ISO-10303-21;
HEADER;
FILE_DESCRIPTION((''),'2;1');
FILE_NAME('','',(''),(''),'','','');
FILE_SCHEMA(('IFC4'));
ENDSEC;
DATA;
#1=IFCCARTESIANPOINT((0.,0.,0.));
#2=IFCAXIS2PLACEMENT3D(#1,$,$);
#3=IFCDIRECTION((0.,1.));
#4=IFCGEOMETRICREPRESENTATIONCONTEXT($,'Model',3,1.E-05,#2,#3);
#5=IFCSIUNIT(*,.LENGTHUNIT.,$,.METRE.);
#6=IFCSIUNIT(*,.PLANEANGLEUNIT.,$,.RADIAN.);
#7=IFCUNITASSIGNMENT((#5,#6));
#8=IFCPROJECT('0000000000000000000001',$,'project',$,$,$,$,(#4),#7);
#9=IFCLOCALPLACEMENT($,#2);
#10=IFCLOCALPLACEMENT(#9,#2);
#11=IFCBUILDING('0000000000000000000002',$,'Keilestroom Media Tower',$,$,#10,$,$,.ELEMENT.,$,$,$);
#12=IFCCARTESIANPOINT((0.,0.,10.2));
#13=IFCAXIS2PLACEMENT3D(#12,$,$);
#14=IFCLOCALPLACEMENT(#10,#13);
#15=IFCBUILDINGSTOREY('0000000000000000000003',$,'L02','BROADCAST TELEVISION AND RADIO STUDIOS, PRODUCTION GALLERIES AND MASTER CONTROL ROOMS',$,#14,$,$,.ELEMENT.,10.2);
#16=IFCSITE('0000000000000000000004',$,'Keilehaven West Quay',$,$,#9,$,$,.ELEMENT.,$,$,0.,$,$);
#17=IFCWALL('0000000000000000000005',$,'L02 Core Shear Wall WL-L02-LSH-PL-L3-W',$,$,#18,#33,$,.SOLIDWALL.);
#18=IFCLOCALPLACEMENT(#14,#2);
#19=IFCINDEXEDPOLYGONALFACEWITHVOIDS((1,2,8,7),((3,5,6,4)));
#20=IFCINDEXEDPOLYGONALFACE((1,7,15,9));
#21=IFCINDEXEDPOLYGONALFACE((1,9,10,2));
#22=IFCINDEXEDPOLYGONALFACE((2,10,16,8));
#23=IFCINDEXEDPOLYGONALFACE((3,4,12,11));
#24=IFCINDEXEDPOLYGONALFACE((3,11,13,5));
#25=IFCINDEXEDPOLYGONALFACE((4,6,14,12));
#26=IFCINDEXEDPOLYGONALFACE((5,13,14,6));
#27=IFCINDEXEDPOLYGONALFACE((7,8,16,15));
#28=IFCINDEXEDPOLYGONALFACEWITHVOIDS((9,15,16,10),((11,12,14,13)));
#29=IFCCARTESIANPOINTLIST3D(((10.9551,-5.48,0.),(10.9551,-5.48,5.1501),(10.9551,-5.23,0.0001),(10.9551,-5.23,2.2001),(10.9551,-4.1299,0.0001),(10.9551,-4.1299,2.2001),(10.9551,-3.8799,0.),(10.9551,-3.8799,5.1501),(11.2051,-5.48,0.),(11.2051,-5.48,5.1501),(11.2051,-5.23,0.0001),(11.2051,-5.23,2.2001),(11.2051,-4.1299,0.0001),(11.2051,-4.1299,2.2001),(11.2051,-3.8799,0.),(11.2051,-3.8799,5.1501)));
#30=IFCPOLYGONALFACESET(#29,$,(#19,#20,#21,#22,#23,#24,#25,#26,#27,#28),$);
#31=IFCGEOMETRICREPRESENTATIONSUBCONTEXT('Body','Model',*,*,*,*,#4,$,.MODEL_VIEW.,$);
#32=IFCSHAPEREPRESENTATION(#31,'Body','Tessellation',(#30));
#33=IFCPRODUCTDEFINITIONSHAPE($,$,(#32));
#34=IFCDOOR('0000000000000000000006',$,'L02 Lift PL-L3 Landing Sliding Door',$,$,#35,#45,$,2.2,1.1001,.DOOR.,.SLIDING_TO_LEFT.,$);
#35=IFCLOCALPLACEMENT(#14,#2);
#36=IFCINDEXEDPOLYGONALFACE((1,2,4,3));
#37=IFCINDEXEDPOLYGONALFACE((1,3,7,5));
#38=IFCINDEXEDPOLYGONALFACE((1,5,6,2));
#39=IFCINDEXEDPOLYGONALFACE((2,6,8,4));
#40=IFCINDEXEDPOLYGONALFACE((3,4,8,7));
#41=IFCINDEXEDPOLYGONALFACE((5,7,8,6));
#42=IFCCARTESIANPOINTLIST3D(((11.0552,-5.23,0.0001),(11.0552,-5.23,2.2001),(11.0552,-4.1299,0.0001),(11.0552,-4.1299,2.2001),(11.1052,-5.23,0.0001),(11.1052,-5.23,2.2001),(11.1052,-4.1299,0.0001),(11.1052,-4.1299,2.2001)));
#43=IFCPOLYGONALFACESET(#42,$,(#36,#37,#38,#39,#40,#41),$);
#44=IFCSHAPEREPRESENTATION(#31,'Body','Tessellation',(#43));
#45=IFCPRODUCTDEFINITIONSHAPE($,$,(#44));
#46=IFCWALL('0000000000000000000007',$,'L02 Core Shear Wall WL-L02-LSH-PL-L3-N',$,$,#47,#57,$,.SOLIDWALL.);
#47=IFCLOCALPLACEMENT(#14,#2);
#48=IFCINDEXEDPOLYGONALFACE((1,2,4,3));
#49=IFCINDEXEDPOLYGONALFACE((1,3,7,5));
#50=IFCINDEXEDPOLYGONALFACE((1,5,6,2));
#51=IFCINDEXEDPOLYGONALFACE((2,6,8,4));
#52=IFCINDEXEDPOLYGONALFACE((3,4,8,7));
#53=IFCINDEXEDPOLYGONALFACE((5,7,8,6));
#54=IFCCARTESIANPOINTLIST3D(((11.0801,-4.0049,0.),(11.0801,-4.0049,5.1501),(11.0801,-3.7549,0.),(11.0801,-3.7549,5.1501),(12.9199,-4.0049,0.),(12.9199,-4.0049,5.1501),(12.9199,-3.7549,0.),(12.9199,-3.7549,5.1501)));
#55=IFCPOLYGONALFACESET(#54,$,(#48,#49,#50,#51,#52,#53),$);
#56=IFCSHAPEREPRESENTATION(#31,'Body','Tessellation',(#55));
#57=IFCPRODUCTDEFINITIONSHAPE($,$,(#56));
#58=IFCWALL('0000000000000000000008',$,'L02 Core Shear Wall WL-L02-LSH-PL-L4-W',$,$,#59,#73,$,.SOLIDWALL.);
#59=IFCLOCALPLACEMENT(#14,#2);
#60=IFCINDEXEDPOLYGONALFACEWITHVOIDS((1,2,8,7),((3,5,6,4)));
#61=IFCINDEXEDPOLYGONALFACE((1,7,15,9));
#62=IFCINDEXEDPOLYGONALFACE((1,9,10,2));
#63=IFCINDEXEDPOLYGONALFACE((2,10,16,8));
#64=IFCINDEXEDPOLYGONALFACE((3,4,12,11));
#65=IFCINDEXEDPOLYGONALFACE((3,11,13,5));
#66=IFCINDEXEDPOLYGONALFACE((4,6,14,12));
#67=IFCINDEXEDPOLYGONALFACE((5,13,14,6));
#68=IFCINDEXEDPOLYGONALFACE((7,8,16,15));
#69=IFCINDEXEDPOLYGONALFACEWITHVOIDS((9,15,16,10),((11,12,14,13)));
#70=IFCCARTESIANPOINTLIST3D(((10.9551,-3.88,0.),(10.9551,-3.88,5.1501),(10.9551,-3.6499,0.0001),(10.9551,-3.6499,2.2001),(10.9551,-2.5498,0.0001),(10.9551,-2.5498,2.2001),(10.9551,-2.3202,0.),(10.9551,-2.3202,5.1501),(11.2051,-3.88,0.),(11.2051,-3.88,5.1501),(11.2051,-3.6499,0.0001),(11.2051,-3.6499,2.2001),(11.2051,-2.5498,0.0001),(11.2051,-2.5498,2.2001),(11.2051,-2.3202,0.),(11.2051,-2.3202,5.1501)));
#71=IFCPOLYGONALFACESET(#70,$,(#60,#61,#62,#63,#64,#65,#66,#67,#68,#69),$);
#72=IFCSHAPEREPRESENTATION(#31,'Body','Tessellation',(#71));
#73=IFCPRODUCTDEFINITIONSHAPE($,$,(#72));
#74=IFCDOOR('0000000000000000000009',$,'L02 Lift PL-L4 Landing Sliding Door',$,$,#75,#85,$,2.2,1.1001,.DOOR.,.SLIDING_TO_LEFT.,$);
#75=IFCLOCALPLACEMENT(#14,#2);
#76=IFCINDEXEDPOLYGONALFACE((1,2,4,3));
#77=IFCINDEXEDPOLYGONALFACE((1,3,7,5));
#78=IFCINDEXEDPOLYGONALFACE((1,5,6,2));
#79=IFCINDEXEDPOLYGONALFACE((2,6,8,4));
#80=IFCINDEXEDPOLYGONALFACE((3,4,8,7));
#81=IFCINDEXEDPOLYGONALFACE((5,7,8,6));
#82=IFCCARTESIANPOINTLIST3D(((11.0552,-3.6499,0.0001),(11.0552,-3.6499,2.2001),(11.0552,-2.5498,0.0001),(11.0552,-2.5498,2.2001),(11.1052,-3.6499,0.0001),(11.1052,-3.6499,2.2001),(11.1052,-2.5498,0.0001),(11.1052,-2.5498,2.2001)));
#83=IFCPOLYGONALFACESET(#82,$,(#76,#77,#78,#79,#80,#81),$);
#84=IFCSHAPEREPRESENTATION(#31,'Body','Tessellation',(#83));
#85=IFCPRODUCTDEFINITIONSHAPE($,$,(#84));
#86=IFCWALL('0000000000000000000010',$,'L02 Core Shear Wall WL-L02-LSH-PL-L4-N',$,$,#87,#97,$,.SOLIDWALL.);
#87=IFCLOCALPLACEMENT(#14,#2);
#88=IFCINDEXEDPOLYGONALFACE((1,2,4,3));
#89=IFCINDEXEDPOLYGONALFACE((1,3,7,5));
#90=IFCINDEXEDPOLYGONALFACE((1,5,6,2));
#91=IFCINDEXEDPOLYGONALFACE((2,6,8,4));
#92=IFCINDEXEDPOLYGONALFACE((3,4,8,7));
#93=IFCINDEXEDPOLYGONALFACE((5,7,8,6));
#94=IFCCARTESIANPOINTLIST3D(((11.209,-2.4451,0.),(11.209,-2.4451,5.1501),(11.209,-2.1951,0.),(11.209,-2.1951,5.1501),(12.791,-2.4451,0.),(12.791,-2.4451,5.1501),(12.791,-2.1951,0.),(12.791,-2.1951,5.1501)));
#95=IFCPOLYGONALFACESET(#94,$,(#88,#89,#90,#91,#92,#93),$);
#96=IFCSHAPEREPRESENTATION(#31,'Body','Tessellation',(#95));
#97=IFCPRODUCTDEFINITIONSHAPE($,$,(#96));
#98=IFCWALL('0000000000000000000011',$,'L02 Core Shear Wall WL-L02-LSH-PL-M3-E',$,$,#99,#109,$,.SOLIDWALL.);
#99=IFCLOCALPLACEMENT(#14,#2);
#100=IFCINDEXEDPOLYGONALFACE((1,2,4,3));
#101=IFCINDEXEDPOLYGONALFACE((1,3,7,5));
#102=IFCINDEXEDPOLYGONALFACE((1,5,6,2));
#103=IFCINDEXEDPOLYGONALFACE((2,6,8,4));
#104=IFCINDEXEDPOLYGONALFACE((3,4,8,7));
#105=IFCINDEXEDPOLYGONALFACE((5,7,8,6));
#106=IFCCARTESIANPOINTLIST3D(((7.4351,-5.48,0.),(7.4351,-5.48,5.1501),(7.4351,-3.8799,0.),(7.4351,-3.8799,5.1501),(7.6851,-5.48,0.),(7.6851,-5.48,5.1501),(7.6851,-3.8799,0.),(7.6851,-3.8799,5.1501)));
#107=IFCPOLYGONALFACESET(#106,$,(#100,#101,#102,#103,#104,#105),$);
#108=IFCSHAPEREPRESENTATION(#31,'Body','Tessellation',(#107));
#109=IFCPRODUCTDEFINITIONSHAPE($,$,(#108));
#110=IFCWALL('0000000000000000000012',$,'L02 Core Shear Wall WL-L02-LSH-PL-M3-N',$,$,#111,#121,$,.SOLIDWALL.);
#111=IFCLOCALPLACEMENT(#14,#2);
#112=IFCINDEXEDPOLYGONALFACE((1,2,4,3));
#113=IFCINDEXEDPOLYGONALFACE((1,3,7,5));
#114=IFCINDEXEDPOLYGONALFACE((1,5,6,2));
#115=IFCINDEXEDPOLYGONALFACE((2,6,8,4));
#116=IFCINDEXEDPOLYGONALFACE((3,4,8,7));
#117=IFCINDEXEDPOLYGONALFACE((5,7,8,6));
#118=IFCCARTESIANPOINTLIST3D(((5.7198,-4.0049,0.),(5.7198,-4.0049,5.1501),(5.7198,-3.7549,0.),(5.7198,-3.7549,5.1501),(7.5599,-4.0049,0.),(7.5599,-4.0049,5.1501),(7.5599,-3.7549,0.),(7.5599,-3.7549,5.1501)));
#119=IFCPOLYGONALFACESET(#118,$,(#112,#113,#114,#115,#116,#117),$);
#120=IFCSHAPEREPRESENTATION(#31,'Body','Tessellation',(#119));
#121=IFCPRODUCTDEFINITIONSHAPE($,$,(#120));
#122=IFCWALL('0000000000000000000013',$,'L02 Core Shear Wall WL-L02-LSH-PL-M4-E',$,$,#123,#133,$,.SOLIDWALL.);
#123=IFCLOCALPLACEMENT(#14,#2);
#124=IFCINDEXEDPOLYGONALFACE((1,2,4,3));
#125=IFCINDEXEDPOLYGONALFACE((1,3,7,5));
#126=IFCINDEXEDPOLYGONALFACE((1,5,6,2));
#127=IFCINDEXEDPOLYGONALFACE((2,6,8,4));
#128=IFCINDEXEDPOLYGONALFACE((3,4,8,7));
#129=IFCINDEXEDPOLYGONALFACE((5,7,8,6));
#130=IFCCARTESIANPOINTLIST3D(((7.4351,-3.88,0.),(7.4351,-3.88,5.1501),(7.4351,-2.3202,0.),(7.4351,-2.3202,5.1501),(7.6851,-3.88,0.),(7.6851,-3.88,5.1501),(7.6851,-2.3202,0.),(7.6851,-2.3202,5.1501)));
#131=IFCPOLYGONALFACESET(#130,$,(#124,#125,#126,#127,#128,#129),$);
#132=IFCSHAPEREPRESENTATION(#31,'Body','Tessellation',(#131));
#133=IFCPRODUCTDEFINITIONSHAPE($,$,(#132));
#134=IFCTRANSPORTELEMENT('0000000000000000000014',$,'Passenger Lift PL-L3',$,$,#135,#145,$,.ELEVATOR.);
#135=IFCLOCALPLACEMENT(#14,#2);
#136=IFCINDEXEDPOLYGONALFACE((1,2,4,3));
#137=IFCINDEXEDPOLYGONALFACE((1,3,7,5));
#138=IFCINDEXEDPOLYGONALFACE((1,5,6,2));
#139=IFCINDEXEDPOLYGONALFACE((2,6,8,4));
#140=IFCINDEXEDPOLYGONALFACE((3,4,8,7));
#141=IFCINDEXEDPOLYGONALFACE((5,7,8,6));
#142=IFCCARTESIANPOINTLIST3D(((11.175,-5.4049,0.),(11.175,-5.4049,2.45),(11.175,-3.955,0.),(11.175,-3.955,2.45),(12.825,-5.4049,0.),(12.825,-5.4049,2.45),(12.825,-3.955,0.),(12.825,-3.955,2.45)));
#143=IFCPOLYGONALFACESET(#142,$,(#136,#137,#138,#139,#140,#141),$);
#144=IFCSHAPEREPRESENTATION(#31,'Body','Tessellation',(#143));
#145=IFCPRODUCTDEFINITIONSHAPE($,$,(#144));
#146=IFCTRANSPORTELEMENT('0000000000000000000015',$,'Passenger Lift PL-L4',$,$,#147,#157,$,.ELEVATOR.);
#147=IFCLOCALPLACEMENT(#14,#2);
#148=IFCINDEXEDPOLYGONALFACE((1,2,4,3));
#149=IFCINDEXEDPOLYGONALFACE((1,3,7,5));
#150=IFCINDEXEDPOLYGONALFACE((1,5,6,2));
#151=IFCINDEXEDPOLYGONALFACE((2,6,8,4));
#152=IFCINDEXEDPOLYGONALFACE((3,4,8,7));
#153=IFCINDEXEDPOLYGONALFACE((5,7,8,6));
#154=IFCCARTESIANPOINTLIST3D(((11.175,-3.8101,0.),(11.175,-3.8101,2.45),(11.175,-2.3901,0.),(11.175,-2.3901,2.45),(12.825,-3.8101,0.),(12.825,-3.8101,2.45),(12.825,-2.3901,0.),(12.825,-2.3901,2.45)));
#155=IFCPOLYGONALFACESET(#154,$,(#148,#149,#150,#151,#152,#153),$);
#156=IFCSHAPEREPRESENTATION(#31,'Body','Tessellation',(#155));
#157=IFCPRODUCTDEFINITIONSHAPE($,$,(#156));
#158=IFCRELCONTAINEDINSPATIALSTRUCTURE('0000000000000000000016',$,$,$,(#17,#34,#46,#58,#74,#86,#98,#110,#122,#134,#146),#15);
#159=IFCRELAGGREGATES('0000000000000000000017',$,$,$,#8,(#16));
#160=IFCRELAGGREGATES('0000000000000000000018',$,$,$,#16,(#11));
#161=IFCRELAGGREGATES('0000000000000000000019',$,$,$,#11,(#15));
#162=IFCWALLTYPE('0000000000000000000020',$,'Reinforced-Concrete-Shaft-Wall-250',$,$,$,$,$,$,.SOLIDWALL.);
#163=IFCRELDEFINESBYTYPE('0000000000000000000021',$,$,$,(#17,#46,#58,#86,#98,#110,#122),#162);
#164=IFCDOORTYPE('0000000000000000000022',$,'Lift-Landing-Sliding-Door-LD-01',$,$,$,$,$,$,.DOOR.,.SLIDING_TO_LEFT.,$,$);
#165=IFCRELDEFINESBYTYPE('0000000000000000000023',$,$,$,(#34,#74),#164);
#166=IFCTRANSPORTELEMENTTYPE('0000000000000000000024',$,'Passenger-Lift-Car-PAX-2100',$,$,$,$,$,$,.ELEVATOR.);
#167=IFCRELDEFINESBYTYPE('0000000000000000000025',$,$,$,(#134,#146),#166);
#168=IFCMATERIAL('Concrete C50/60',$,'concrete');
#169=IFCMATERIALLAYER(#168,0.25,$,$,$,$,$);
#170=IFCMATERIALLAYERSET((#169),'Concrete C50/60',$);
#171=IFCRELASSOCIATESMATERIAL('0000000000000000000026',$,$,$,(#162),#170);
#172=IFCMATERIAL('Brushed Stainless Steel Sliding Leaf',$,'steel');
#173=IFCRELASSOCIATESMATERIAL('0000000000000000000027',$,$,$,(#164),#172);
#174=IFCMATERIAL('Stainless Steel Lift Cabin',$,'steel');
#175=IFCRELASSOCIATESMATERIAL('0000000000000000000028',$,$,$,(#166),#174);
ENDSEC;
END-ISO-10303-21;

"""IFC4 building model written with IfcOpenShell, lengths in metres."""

from ifc_helpers import new_model, si_unit, direction, frame, frame_2d, origin, origin_2d, place, context, subcontext, project, spatial, rectangle, extrude, source, transform, mapped, material, layer, layer_set, type_object, element, fill, save


model = new_model("IFC4")

# Units and contexts
model_context = context("Model", 3, precision=1e-05, world=origin(), true_north=direction((0.0, 1.0)))
body_context = subcontext(model_context, "Body", "Model", "MODEL_VIEW")
ifc_project = project(units=[si_unit("LENGTHUNIT", "METRE"), si_unit("PLANEANGLEUNIT", "RADIAN")], contexts=[model_context])

# Site, building, storey
site_placement = place(None, origin())
site = spatial("IfcSite", under=ifc_project, at=site_placement, Name="Keilehaven West Quay", CompositionType="ELEMENT", RefElevation=0.0)
building_placement = place(site_placement, origin())
building = spatial("IfcBuilding", under=site, at=building_placement, Name="Keilestroom Media Tower", CompositionType="ELEMENT")
storey_placement = place(building_placement, frame((0.0, 0.0, 10.2)))
storey = spatial("IfcBuildingStorey", under=building, at=storey_placement, Name="L02", Description="BROADCAST TELEVISION AND RADIO STUDIOS, PRODUCTION GALLERIES AND MASTER CONTROL ROOMS", CompositionType="ELEMENT", Elevation=10.2)

# Shared definitions
ifc_material_1 = material(Name="Concrete C50/60", Category="concrete")
ifc_layer_1 = layer(ifc_material_1, 0.25)
ifc_layer_set_1 = layer_set([ifc_layer_1], Name="Concrete C50/60")
wall_type_1 = type_object("IfcWallType", Name="Reinforced-Concrete-Shaft-Wall-250", PredefinedType="SOLIDWALL", material=ifc_layer_set_1)

# Shared definitions
ifc_material_2 = material(Name="Brushed Stainless Steel Sliding Leaf", Category="steel")

# Wall, opening, door
wall_1_placement = place(storey_placement, frame((11.0801, -5.48, 0.0), z_axis=(0.0, 0.0, 1.0), x_axis=(0.0, 1.0, 0.0)))
wall_1 = element("IfcWall", 1, at=wall_1_placement, inside=storey, type_object=wall_type_1, Name="L02 Core Shear Wall WL-L02-LSH-PL-L3-W", PredefinedType="SOLIDWALL", context=body_context, shape_type="SweptSolid", body=[
    extrude(rectangle(XDim=1.6001, YDim=0.25, at=frame_2d((0.8, 0.0))), origin(), (0.0, 0.0, 1.0), 5.1501),
])
opening_1_placement = place(wall_1_placement, frame((0.25, 0.0, 0.0)))
opening_1 = element("IfcOpeningElement", 2, at=opening_1_placement, cuts=wall_1, PredefinedType="OPENING", context=body_context, shape_type="SweptSolid", body=[
    extrude(rectangle(XDim=1.1001, YDim=2.2, at=frame_2d((0.55, 1.1001))), frame((0.0, 0.135, 0.0), z_axis=(0.0, -1.0, 0.0), x_axis=(1.0, 0.0, 0.0)), (0.0, 0.0, 1.0), 0.27),
])
door_type_1 = type_object("IfcDoorType", Name="Lift-Landing-Sliding-Door-LD-01", OperationType="SLIDING_TO_LEFT", PredefinedType="DOOR", material=ifc_material_2)
shared_shape_1 = source(origin(), body_context, "Body", "SweptSolid", [
    extrude(rectangle(XDim=1.1001, YDim=2.2, at=frame_2d((0.55, 1.1001))), frame((0.0, 0.0249, 0.0), z_axis=(0.0, -1.0, 0.0), x_axis=(1.0, 0.0, 0.0)), (0.0, 0.0, 1.0), 0.05),
])
door_1_placement = place(opening_1_placement, origin())
door_1 = element("IfcDoor", 3, at=door_1_placement, inside=storey, type_object=door_type_1, Name="L02 Lift PL-L3 Landing Sliding Door", OperationType="SLIDING_TO_LEFT", OverallHeight=2.2, OverallWidth=1.1001, PredefinedType="DOOR", context=body_context, shape_type="MappedRepresentation", body=[
    mapped(shared_shape_1, transform((0.0, 0.0, 0.0), x_axis=(1.0, 0.0, 0.0), y_axis=(0.0, 1.0, 0.0), z_axis=(0.0, 0.0, 1.0), scale=1.0)),
])
fill(opening_1, door_1)

# Wall
wall_2_placement = place(storey_placement, frame((11.0801, -3.8799, 0.0), z_axis=(0.0, 0.0, 1.0), x_axis=(1.0, 0.0, 0.0)))
element("IfcWall", 4, at=wall_2_placement, inside=storey, type_object=wall_type_1, Name="L02 Core Shear Wall WL-L02-LSH-PL-L3-N", PredefinedType="SOLIDWALL", context=body_context, shape_type="SweptSolid", body=[
    extrude(rectangle(XDim=1.8398, YDim=0.25, at=frame_2d((0.9199, 0.0))), origin(), (0.0, 0.0, 1.0), 5.1501),
])

# Wall, opening, door
wall_3_placement = place(storey_placement, frame((11.0801, -3.8799, 0.0), z_axis=(0.0, 0.0, 1.0), x_axis=(0.0, 1.0, 0.0)))
wall_3 = element("IfcWall", 5, at=wall_3_placement, inside=storey, type_object=wall_type_1, Name="L02 Core Shear Wall WL-L02-LSH-PL-L4-W", PredefinedType="SOLIDWALL", context=body_context, shape_type="SweptSolid", body=[
    extrude(rectangle(XDim=1.5598, YDim=0.25, at=frame_2d((0.7798, 0.0))), origin(), (0.0, 0.0, 1.0), 5.1501),
])
opening_2_placement = place(wall_3_placement, frame((0.23, 0.0, 0.0)))
opening_2 = element("IfcOpeningElement", 6, at=opening_2_placement, cuts=wall_3, PredefinedType="OPENING", context=body_context, shape_type="SweptSolid", body=[
    extrude(rectangle(XDim=1.1001, YDim=2.2, at=frame_2d((0.55, 1.1001))), frame((0.0, 0.135, 0.0), z_axis=(0.0, -1.0, 0.0), x_axis=(1.0, 0.0, 0.0)), (0.0, 0.0, 1.0), 0.27),
])
door_2_placement = place(opening_2_placement, origin())
door_2 = element("IfcDoor", 7, at=door_2_placement, inside=storey, type_object=door_type_1, Name="L02 Lift PL-L4 Landing Sliding Door", OperationType="SLIDING_TO_LEFT", OverallHeight=2.2, OverallWidth=1.1001, PredefinedType="DOOR", context=body_context, shape_type="MappedRepresentation", body=[
    mapped(shared_shape_1, transform((0.0, 0.0, 0.0), x_axis=(1.0, 0.0, 0.0), y_axis=(0.0, 1.0, 0.0), z_axis=(0.0, 0.0, 1.0), scale=1.0)),
])
fill(opening_2, door_2)

# Walls
wall_4_placement = place(storey_placement, frame((11.209, -2.3201, 0.0), z_axis=(0.0, 0.0, 1.0), x_axis=(1.0, 0.0, 0.0)))
element("IfcWall", 8, at=wall_4_placement, inside=storey, type_object=wall_type_1, Name="L02 Core Shear Wall WL-L02-LSH-PL-L4-N", PredefinedType="SOLIDWALL", context=body_context, shape_type="SweptSolid", body=[
    extrude(rectangle(XDim=1.582, YDim=0.25, at=frame_2d((0.791, 0.0))), origin(), (0.0, 0.0, 1.0), 5.1501),
])
wall_5_placement = place(storey_placement, frame((7.5601, -5.48, 0.0), z_axis=(0.0, 0.0, 1.0), x_axis=(0.0, 1.0, 0.0)))
element("IfcWall", 9, at=wall_5_placement, inside=storey, type_object=wall_type_1, Name="L02 Core Shear Wall WL-L02-LSH-PL-M3-E", PredefinedType="SOLIDWALL", context=body_context, shape_type="SweptSolid", body=[
    extrude(rectangle(XDim=1.6001, YDim=0.25, at=frame_2d((0.8, 0.0))), origin(), (0.0, 0.0, 1.0), 5.1501),
])
wall_6_placement = place(storey_placement, frame((5.72, -3.8799, 0.0), z_axis=(0.0, 0.0, 1.0), x_axis=(1.0, 0.0, 0.0)))
element("IfcWall", 10, at=wall_6_placement, inside=storey, type_object=wall_type_1, Name="L02 Core Shear Wall WL-L02-LSH-PL-M3-N", PredefinedType="SOLIDWALL", context=body_context, shape_type="SweptSolid", body=[
    extrude(rectangle(XDim=1.8401, YDim=0.25, at=frame_2d((0.9199, 0.0))), origin(), (0.0, 0.0, 1.0), 5.1501),
])
wall_7_placement = place(storey_placement, frame((7.5601, -3.8799, 0.0), z_axis=(0.0, 0.0, 1.0), x_axis=(0.0, 1.0, 0.0)))
element("IfcWall", 11, at=wall_7_placement, inside=storey, type_object=wall_type_1, Name="L02 Core Shear Wall WL-L02-LSH-PL-M4-E", PredefinedType="SOLIDWALL", context=body_context, shape_type="SweptSolid", body=[
    extrude(rectangle(XDim=1.5598, YDim=0.25, at=frame_2d((0.7798, 0.0))), origin(), (0.0, 0.0, 1.0), 5.1501),
])

# Transport elements
ifc_material_3 = material(Name="Stainless Steel Lift Cabin", Category="steel")
transport_element_type = type_object("IfcTransportElementType", Name="Passenger-Lift-Car-PAX-2100", PredefinedType="ELEVATOR", material=ifc_material_3)
shared_shape_2 = source(origin(), body_context, "Body", "SweptSolid", [
    extrude(rectangle(XDim=1.6499, YDim=1.45, at=origin_2d()), origin(), (0.0, 0.0, 1.0), 2.45),
])
transport_element_1_placement = place(storey_placement, frame((12.0, -4.6799, 0.0), z_axis=(0.0, 0.0, 1.0), x_axis=(1.0, 0.0, 0.0)))
element("IfcTransportElement", 12, at=transport_element_1_placement, inside=storey, type_object=transport_element_type, Name="Passenger Lift PL-L3", PredefinedType="ELEVATOR", context=body_context, shape_type="MappedRepresentation", body=[
    mapped(shared_shape_2, transform((0.0, 0.0, 0.0), x_axis=(1.0, 0.0, 0.0), y_axis=(0.0, 1.0, 0.0), z_axis=(0.0, 0.0, 1.0), scale=1.0)),
])
shared_shape_3 = source(origin(), body_context, "Body", "SweptSolid", [
    extrude(rectangle(XDim=1.6499, YDim=1.4199, at=origin_2d()), origin(), (0.0, 0.0, 1.0), 2.45),
])
transport_element_2_placement = place(storey_placement, frame((12.0, -3.1001, 0.0), z_axis=(0.0, 0.0, 1.0), x_axis=(1.0, 0.0, 0.0)))
element("IfcTransportElement", 13, at=transport_element_2_placement, inside=storey, type_object=transport_element_type, Name="Passenger Lift PL-L4", PredefinedType="ELEVATOR", context=body_context, shape_type="MappedRepresentation", body=[
    mapped(shared_shape_3, transform((0.0, 0.0, 0.0), x_axis=(1.0, 0.0, 0.0), y_axis=(0.0, 1.0, 0.0), z_axis=(0.0, 0.0, 1.0), scale=1.0)),
])

save(model, "model.ifc")
